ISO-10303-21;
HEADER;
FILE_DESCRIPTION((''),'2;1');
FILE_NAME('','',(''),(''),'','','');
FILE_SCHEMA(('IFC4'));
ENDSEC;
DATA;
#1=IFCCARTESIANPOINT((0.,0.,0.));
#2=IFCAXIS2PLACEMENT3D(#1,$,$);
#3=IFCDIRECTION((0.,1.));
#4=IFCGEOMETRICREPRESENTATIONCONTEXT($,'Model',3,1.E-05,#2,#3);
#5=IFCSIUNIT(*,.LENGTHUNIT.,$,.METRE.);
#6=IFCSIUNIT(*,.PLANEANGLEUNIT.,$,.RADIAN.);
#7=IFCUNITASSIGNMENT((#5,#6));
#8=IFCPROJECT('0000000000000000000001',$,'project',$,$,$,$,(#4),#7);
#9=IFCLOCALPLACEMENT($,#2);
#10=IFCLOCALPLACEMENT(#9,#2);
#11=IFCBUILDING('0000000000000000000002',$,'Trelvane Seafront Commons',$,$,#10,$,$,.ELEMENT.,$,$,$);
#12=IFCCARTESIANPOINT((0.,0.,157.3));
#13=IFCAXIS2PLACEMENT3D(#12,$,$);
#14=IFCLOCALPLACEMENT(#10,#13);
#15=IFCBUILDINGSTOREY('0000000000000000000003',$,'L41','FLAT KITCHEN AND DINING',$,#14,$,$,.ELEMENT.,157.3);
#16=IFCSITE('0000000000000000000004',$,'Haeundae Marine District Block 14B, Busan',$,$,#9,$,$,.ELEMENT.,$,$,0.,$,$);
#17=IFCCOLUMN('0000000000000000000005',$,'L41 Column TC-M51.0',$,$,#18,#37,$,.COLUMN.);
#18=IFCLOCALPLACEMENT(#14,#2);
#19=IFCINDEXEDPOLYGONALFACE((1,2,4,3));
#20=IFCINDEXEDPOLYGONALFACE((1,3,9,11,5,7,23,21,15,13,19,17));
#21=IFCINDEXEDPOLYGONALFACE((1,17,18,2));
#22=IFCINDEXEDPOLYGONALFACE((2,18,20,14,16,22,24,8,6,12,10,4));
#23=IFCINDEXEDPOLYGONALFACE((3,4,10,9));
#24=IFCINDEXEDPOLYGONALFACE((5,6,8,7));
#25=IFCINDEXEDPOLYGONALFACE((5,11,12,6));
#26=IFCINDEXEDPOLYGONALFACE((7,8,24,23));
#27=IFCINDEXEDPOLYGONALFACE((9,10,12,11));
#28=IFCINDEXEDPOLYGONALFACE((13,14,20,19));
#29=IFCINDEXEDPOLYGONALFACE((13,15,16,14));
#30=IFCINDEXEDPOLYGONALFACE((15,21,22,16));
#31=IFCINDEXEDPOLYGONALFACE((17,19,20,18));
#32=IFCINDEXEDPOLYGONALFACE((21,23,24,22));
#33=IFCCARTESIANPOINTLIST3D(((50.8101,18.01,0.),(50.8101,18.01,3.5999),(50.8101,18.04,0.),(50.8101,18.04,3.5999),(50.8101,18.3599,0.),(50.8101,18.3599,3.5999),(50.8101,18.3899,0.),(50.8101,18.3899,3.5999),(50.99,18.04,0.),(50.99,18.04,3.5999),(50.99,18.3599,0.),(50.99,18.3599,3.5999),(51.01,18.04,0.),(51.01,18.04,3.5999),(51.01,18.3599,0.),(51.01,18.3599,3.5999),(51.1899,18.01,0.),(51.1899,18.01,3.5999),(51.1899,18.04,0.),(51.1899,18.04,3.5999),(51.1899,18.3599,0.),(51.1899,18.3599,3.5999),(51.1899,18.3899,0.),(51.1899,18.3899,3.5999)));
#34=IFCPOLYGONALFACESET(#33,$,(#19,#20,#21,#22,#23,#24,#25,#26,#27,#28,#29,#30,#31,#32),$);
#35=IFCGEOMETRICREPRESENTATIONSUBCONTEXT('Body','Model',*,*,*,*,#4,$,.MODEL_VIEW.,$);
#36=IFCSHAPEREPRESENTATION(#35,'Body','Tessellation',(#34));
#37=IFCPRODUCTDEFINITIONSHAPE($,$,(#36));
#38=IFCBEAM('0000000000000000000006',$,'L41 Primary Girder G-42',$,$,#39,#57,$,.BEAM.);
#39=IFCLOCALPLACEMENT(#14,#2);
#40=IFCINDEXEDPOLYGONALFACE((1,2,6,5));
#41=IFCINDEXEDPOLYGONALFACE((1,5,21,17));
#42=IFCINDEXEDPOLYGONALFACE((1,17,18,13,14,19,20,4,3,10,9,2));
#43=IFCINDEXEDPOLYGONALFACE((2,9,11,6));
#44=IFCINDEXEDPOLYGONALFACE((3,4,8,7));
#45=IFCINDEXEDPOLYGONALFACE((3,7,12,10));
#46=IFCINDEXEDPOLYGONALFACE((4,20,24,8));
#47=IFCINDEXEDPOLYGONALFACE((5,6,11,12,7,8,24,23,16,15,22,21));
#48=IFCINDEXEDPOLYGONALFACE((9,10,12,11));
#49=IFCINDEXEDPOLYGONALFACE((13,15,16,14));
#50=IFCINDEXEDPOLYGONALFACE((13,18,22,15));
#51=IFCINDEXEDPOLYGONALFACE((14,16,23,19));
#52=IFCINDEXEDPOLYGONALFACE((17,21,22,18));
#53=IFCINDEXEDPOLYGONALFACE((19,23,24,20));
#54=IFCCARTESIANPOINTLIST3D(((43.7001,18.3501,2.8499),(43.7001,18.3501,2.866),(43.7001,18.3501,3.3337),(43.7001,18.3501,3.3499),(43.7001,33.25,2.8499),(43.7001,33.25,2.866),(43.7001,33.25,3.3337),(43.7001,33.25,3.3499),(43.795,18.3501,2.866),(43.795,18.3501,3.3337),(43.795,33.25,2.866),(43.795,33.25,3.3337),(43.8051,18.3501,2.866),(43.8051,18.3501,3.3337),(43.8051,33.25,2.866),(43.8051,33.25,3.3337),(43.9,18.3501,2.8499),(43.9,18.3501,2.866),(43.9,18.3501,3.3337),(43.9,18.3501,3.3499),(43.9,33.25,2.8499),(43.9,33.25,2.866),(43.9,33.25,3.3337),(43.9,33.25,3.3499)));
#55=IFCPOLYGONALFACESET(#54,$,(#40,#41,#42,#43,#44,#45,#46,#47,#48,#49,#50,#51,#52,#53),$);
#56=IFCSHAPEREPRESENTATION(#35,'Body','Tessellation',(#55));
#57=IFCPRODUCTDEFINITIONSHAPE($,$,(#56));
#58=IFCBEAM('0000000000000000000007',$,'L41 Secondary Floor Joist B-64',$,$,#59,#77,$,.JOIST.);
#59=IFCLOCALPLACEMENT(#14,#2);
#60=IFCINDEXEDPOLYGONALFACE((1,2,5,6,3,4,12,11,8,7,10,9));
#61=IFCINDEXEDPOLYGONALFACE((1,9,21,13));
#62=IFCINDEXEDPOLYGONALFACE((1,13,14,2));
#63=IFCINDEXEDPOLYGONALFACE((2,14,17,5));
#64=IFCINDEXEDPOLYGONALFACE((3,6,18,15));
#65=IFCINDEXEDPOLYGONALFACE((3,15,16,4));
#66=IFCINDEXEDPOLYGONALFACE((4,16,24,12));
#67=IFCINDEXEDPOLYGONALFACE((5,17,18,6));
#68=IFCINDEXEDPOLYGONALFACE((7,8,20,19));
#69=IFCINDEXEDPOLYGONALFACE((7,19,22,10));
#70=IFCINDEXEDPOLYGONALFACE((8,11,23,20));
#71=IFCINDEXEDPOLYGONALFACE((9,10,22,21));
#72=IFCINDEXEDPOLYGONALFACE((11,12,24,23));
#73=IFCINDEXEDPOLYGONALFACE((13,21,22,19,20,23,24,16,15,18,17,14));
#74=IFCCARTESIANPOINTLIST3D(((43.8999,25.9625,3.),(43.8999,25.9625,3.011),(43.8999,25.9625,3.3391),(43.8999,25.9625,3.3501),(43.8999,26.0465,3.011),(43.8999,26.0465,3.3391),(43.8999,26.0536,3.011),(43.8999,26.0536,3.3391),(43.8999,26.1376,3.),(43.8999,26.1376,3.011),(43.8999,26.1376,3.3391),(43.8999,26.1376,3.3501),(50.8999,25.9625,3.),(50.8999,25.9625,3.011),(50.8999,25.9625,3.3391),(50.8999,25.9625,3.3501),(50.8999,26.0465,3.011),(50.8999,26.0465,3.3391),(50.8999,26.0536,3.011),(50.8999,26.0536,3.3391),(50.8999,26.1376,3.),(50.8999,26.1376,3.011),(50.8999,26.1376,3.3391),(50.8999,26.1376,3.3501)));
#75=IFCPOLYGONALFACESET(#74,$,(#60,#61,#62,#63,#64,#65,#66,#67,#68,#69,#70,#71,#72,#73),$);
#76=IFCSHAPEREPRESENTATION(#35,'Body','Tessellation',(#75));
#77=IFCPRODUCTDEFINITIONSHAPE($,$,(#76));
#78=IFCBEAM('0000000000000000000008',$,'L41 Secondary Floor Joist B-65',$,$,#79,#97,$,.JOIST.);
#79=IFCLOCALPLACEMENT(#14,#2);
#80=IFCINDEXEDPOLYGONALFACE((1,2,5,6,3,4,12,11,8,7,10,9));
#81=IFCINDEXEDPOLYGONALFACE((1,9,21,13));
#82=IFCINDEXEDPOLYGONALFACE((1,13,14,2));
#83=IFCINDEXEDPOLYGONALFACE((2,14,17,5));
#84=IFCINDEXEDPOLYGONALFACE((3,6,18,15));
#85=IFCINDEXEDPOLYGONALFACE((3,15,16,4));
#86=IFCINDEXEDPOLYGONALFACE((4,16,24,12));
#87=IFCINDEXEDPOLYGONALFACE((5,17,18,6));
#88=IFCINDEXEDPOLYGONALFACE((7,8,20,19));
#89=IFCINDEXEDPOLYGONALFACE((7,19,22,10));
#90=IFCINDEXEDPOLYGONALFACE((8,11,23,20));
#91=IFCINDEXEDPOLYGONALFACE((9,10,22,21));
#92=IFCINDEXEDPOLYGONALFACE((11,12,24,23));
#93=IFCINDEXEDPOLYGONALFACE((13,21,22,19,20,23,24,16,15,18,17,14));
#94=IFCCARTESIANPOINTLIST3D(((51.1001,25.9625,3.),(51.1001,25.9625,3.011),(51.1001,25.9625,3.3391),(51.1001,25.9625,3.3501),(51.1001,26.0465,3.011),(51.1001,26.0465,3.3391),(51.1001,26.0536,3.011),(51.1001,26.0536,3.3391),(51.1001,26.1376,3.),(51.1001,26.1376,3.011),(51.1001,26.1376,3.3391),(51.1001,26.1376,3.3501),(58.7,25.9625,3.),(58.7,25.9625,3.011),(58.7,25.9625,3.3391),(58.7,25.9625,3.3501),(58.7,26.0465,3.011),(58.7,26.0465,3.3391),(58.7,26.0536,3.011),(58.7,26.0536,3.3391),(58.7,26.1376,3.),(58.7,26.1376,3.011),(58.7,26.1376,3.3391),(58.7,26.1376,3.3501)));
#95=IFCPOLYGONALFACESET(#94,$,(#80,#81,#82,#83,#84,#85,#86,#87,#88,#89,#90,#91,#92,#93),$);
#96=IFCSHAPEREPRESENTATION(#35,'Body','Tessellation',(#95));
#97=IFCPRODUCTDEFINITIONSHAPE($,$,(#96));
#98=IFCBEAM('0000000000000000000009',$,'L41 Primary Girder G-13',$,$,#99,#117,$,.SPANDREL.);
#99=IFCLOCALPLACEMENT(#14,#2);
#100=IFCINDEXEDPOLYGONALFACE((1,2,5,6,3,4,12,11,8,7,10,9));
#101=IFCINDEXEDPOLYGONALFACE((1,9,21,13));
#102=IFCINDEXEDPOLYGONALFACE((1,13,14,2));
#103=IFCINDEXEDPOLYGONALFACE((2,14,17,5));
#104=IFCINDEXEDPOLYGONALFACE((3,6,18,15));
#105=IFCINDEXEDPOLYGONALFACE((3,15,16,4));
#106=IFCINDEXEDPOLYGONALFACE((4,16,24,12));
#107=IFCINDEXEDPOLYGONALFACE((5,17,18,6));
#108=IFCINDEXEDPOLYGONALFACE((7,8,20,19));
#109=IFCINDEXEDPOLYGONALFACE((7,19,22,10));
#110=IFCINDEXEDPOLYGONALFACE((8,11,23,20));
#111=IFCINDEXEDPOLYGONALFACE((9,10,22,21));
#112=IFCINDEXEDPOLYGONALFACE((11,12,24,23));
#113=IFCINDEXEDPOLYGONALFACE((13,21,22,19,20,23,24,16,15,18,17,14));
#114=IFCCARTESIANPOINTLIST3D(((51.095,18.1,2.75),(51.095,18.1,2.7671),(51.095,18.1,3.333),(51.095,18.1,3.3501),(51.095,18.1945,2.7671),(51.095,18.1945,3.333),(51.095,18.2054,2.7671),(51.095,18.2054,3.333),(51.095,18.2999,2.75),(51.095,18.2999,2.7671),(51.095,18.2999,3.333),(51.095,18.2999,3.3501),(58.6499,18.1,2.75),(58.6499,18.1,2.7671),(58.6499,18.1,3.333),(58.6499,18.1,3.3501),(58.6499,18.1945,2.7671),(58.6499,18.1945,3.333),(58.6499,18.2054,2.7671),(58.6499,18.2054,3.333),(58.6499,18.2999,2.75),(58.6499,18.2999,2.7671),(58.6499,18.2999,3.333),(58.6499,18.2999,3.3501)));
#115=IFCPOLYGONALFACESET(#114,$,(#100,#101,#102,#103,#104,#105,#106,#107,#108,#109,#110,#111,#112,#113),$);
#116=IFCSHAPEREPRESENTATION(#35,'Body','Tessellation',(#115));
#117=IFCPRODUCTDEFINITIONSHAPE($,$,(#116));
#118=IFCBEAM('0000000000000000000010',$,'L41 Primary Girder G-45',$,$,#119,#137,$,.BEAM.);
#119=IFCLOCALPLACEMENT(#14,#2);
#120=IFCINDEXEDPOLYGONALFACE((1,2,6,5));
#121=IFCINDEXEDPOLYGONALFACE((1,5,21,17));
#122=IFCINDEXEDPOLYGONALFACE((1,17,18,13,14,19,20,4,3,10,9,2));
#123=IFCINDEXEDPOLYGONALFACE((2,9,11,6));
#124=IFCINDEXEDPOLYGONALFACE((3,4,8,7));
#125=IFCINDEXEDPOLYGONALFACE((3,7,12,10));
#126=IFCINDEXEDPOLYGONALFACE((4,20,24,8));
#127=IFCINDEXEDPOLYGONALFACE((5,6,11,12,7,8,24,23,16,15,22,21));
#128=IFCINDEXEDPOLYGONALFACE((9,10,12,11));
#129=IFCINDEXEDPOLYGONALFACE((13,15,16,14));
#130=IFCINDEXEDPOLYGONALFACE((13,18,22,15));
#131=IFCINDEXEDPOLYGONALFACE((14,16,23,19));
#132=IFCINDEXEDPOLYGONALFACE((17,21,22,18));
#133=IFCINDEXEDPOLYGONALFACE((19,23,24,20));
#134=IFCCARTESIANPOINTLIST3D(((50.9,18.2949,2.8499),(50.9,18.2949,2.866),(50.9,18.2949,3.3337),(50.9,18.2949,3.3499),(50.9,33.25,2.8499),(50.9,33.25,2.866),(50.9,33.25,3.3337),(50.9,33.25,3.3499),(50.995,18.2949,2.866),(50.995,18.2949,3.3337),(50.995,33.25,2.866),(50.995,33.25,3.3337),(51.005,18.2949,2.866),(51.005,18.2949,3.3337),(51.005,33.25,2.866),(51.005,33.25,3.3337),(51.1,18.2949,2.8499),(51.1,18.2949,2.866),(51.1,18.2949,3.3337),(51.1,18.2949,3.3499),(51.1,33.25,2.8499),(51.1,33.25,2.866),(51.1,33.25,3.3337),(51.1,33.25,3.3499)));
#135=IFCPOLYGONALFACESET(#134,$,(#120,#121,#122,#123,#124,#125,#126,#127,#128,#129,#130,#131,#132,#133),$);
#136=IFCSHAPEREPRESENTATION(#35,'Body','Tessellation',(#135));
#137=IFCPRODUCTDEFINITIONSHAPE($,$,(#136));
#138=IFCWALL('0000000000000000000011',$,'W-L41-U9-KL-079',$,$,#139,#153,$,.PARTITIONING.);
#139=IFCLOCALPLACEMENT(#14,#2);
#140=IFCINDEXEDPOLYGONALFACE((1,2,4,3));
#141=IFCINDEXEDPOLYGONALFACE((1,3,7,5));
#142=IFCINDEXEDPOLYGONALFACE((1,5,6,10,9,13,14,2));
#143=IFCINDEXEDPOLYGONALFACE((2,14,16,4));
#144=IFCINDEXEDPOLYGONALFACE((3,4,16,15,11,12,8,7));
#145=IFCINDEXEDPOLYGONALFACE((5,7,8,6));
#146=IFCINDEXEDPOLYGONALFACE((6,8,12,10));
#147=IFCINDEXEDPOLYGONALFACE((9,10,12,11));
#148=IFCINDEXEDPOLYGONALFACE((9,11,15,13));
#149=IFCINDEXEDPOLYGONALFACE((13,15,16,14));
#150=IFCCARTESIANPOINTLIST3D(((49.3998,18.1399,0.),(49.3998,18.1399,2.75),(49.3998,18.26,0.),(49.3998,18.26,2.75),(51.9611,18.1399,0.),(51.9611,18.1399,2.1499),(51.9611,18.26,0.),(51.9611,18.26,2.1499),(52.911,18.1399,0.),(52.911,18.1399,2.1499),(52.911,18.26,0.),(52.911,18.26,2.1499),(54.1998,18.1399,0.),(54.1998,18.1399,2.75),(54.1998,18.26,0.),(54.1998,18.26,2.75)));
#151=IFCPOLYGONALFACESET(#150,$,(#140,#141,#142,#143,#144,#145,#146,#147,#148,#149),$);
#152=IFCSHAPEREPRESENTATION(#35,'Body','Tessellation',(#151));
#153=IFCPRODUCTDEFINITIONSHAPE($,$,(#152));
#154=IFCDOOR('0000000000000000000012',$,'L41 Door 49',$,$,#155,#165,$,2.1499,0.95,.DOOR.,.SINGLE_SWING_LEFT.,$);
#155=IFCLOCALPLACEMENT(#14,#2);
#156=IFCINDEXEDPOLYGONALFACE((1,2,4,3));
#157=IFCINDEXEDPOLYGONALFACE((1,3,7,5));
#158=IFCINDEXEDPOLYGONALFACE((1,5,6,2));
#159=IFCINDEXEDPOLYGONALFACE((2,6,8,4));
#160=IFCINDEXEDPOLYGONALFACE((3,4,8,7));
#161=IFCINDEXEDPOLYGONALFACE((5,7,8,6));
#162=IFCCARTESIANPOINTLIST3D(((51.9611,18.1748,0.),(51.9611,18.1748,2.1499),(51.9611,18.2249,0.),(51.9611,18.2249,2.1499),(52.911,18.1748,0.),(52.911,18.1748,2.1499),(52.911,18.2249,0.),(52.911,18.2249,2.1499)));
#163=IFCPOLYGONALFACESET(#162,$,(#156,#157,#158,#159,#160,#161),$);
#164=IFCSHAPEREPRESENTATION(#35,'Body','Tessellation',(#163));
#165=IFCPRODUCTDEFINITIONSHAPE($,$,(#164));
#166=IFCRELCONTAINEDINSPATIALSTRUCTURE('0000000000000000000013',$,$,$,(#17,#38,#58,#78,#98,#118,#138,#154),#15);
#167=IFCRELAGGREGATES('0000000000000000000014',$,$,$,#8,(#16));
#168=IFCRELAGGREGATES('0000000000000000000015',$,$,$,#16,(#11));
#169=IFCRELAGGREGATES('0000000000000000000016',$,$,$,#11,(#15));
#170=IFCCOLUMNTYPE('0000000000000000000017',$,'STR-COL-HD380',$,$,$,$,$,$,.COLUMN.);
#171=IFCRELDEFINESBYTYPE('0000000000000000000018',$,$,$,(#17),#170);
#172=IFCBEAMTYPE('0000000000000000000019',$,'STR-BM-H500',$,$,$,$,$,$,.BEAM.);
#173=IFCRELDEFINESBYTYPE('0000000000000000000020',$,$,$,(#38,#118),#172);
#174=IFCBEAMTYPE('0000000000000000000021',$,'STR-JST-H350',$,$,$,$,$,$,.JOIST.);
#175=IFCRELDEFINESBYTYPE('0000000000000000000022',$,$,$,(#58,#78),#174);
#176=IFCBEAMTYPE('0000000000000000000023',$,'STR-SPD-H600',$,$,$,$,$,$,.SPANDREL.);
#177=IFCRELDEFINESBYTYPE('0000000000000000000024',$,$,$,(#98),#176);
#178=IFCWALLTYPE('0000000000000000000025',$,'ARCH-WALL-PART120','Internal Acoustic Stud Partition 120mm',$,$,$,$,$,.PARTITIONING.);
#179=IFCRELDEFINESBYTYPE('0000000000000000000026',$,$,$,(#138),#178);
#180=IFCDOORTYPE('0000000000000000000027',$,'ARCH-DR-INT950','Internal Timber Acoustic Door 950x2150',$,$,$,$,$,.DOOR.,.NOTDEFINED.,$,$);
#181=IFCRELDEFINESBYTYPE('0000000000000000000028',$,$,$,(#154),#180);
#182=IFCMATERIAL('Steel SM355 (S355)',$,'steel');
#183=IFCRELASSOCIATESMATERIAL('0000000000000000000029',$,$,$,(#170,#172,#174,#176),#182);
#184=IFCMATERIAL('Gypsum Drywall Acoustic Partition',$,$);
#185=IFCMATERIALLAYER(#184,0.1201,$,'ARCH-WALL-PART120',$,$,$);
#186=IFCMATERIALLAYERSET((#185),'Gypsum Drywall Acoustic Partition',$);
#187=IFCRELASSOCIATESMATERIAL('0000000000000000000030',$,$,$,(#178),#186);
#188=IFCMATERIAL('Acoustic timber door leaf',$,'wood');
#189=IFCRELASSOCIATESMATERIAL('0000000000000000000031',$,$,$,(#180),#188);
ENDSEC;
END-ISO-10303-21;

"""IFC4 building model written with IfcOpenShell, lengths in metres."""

from ifc_helpers import new_model, si_unit, direction, frame, frame_2d, origin, origin_2d, place, context, subcontext, project, spatial, rectangle, i_section, extrude, source, transform, mapped, material, layer, layer_set, material_profile, profile_set, type_object, element, fill, save


model = new_model("IFC4")

# Units and contexts
model_context = context("Model", 3, precision=1e-05, world=origin(), true_north=direction((0.0, 1.0)))
body_context = subcontext(model_context, "Body", "Model", "MODEL_VIEW")
ifc_project = project(units=[si_unit("LENGTHUNIT", "METRE"), si_unit("PLANEANGLEUNIT", "RADIAN")], contexts=[model_context])

# Site, building, storey
site_placement = place(None, origin())
site = spatial("IfcSite", under=ifc_project, at=site_placement, Name="Haeundae Marine District Block 14B, Busan", CompositionType="ELEMENT", RefElevation=0.0)
building_placement = place(site_placement, origin())
building = spatial("IfcBuilding", under=site, at=building_placement, Name="Trelvane Seafront Commons", CompositionType="ELEMENT")
storey_placement = place(building_placement, frame((0.0, 0.0, 157.3)))
storey = spatial("IfcBuildingStorey", under=building, at=storey_placement, Name="L41", Description="FLAT KITCHEN AND DINING", CompositionType="ELEMENT", Elevation=157.3)

# Column
ifc_material_1 = material(Name="Steel SM355 (S355)", Category="steel")
ifc_material_profile_1 = material_profile(ifc_material_1, i_section(OverallWidth=0.3799, OverallDepth=0.3799, WebThickness=0.02, FlangeThickness=0.03, at=origin_2d()), Name="HD-380x380x20x30")
ifc_profile_set_1 = profile_set([ifc_material_profile_1], Name="Steel SM355 (S355)")
column_type = type_object("IfcColumnType", Name="STR-COL-HD380", PredefinedType="COLUMN", material=ifc_profile_set_1)
shared_shape_1 = source(origin(), body_context, "Body", "SweptSolid", [
    extrude(i_section(OverallWidth=0.3799, OverallDepth=0.3799, WebThickness=0.02, FlangeThickness=0.03, at=origin_2d()), origin(), (0.0, 0.0, 1.0), 3.5999),
])
column_placement = place(storey_placement, frame((51.0, 18.2, 0.0), z_axis=(0.0, 0.0, 1.0), x_axis=(1.0, 0.0, 0.0)))
element("IfcColumn", 1, at=column_placement, inside=storey, type_object=column_type, Name="L41 Column TC-M51.0", PredefinedType="COLUMN", context=body_context, shape_type="MappedRepresentation", body=[
    mapped(shared_shape_1, transform((0.0, 0.0, 0.0), x_axis=(1.0, 0.0, 0.0), y_axis=(0.0, 1.0, 0.0), z_axis=(0.0, 0.0, 1.0), scale=1.0)),
])

# Beams
ifc_material_profile_2 = material_profile(ifc_material_1, i_section(OverallWidth=0.2, OverallDepth=0.5, WebThickness=0.01, FlangeThickness=0.0161, at=origin_2d()), Name="H-500x200x10x16")
ifc_profile_set_2 = profile_set([ifc_material_profile_2], Name="Steel SM355 (S355)")
beam_type_1 = type_object("IfcBeamType", Name="STR-BM-H500", PredefinedType="BEAM", material=ifc_profile_set_2)
shared_shape_2 = source(origin(), body_context, "Body", "SweptSolid", [
    extrude(i_section(OverallWidth=0.2, OverallDepth=0.5, WebThickness=0.01, FlangeThickness=0.0161, at=origin_2d()), origin(), (0.0, 0.0, 1.0), 14.8999),
])
beam_1_placement = place(storey_placement, frame((43.8, 18.3501, 3.0999), z_axis=(0.0, 1.0, 0.0), x_axis=(-1.0, 0.0, 0.0)))
element("IfcBeam", 2, at=beam_1_placement, inside=storey, type_object=beam_type_1, Name="L41 Primary Girder G-42", PredefinedType="BEAM", context=body_context, shape_type="MappedRepresentation", body=[
    mapped(shared_shape_2, transform((0.0, 0.0, 0.0), x_axis=(1.0, 0.0, 0.0), y_axis=(0.0, 1.0, 0.0), z_axis=(0.0, 0.0, 1.0), scale=1.0)),
])
ifc_material_profile_3 = material_profile(ifc_material_1, i_section(OverallWidth=0.175, OverallDepth=0.3501, WebThickness=0.0071, FlangeThickness=0.011, at=origin_2d()), Name="H-350x175x7x11")
ifc_profile_set_3 = profile_set([ifc_material_profile_3], Name="Steel SM355 (S355)")
beam_type_2 = type_object("IfcBeamType", Name="STR-JST-H350", PredefinedType="JOIST", material=ifc_profile_set_3)
shared_shape_3 = source(origin(), body_context, "Body", "SweptSolid", [
    extrude(i_section(OverallWidth=0.175, OverallDepth=0.3501, WebThickness=0.0071, FlangeThickness=0.011, at=origin_2d()), origin(), (0.0, 0.0, 1.0), 7.0),
])
beam_2_placement = place(storey_placement, frame((43.8999, 26.05, 3.175), z_axis=(1.0, 0.0, 0.0), x_axis=(0.0, 1.0, 0.0)))
element("IfcBeam", 3, at=beam_2_placement, inside=storey, type_object=beam_type_2, Name="L41 Secondary Floor Joist B-64", PredefinedType="JOIST", context=body_context, shape_type="MappedRepresentation", body=[
    mapped(shared_shape_3, transform((0.0, 0.0, 0.0), x_axis=(1.0, 0.0, 0.0), y_axis=(0.0, 1.0, 0.0), z_axis=(0.0, 0.0, 1.0), scale=1.0)),
])
shared_shape_4 = source(origin(), body_context, "Body", "SweptSolid", [
    extrude(i_section(OverallWidth=0.175, OverallDepth=0.3501, WebThickness=0.0071, FlangeThickness=0.011, at=origin_2d()), origin(), (0.0, 0.0, 1.0), 7.5999),
])
beam_3_placement = place(storey_placement, frame((51.1001, 26.05, 3.175), z_axis=(1.0, 0.0, 0.0), x_axis=(0.0, 1.0, 0.0)))
element("IfcBeam", 4, at=beam_3_placement, inside=storey, type_object=beam_type_2, Name="L41 Secondary Floor Joist B-65", PredefinedType="JOIST", context=body_context, shape_type="MappedRepresentation", body=[
    mapped(shared_shape_4, transform((0.0, 0.0, 0.0), x_axis=(1.0, 0.0, 0.0), y_axis=(0.0, 1.0, 0.0), z_axis=(0.0, 0.0, 1.0), scale=1.0)),
])
ifc_material_profile_4 = material_profile(ifc_material_1, i_section(OverallWidth=0.2, OverallDepth=0.6001, WebThickness=0.011, FlangeThickness=0.0171, at=origin_2d()), Name="H-600x200x11x17")
ifc_profile_set_4 = profile_set([ifc_material_profile_4], Name="Steel SM355 (S355)")
beam_type_3 = type_object("IfcBeamType", Name="STR-SPD-H600", PredefinedType="SPANDREL", material=ifc_profile_set_4)
shared_shape_5 = source(origin(), body_context, "Body", "SweptSolid", [
    extrude(i_section(OverallWidth=0.2, OverallDepth=0.6001, WebThickness=0.011, FlangeThickness=0.0171, at=origin_2d()), origin(), (0.0, 0.0, 1.0), 7.5549),
])
beam_4_placement = place(storey_placement, frame((51.095, 18.2, 3.05), z_axis=(1.0, 0.0, 0.0), x_axis=(0.0, 1.0, 0.0)))
element("IfcBeam", 5, at=beam_4_placement, inside=storey, type_object=beam_type_3, Name="L41 Primary Girder G-13", PredefinedType="SPANDREL", context=body_context, shape_type="MappedRepresentation", body=[
    mapped(shared_shape_5, transform((0.0, 0.0, 0.0), x_axis=(1.0, 0.0, 0.0), y_axis=(0.0, 1.0, 0.0), z_axis=(0.0, 0.0, 1.0), scale=1.0)),
])
shared_shape_6 = source(origin(), body_context, "Body", "SweptSolid", [
    extrude(i_section(OverallWidth=0.2, OverallDepth=0.5, WebThickness=0.01, FlangeThickness=0.0161, at=origin_2d()), origin(), (0.0, 0.0, 1.0), 14.9551),
])
beam_5_placement = place(storey_placement, frame((51.0, 18.2949, 3.0999), z_axis=(0.0, 1.0, 0.0), x_axis=(-1.0, 0.0, 0.0)))
element("IfcBeam", 6, at=beam_5_placement, inside=storey, type_object=beam_type_1, Name="L41 Primary Girder G-45", PredefinedType="BEAM", context=body_context, shape_type="MappedRepresentation", body=[
    mapped(shared_shape_6, transform((0.0, 0.0, 0.0), x_axis=(1.0, 0.0, 0.0), y_axis=(0.0, 1.0, 0.0), z_axis=(0.0, 0.0, 1.0), scale=1.0)),
])

# Wall, opening, door
ifc_material_2 = material(Name="Gypsum Drywall Acoustic Partition")
ifc_layer_1 = layer(ifc_material_2, 0.1201, Name="ARCH-WALL-PART120")
ifc_layer_set_1 = layer_set([ifc_layer_1], Name="Gypsum Drywall Acoustic Partition")
wall_type_1 = type_object("IfcWallType", Name="ARCH-WALL-PART120", Description="Internal Acoustic Stud Partition 120mm", PredefinedType="PARTITIONING", material=ifc_layer_set_1)
wall_1_placement = place(storey_placement, frame((49.3999, 18.2, 0.0), z_axis=(0.0, 0.0, 1.0), x_axis=(1.0, 0.0, 0.0)))
wall_1 = element("IfcWall", 7, at=wall_1_placement, inside=storey, type_object=wall_type_1, Name="W-L41-U9-KL-079", PredefinedType="PARTITIONING", context=body_context, shape_type="SweptSolid", body=[
    extrude(rectangle(XDim=4.8, YDim=0.1201, at=frame_2d((2.3999, 0.0))), origin(), (0.0, 0.0, 1.0), 2.75),
])
opening_1_placement = place(wall_1_placement, frame((2.561, 0.0, 0.0)))
opening_1 = element("IfcOpeningElement", 8, at=opening_1_placement, cuts=wall_1, PredefinedType="OPENING", context=body_context, shape_type="SweptSolid", body=[
    extrude(rectangle(XDim=0.95, YDim=2.1499, at=frame_2d((0.4751, 1.075))), frame((0.0, 0.0701, 0.0), z_axis=(0.0, -1.0, 0.0), x_axis=(1.0, 0.0, 0.0)), (0.0, 0.0, 1.0), 0.1401),
])
ifc_material_3 = material(Name="Acoustic timber door leaf", Category="wood")
door_type_1 = type_object("IfcDoorType", Name="ARCH-DR-INT950", Description="Internal Timber Acoustic Door 950x2150", OperationType="NOTDEFINED", PredefinedType="DOOR", material=ifc_material_3)
shared_shape_7 = source(origin(), body_context, "Body", "SweptSolid", [
    extrude(rectangle(XDim=0.95, YDim=2.1499, at=frame_2d((0.4751, 1.075))), frame((0.0, 0.0249, 0.0), z_axis=(0.0, -1.0, 0.0), x_axis=(1.0, 0.0, 0.0)), (0.0, 0.0, 1.0), 0.05),
])
door_1_placement = place(opening_1_placement, origin())
door_1 = element("IfcDoor", 9, at=door_1_placement, inside=storey, type_object=door_type_1, Name="L41 Door 49", OperationType="SINGLE_SWING_LEFT", OverallHeight=2.1499, OverallWidth=0.95, PredefinedType="DOOR", context=body_context, shape_type="MappedRepresentation", body=[
    mapped(shared_shape_7, transform((0.0, 0.0, 0.0), x_axis=(1.0, 0.0, 0.0), y_axis=(0.0, 1.0, 0.0), z_axis=(0.0, 0.0, 1.0), scale=1.0)),
])
fill(opening_1, door_1)

save(model, "model.ifc")
